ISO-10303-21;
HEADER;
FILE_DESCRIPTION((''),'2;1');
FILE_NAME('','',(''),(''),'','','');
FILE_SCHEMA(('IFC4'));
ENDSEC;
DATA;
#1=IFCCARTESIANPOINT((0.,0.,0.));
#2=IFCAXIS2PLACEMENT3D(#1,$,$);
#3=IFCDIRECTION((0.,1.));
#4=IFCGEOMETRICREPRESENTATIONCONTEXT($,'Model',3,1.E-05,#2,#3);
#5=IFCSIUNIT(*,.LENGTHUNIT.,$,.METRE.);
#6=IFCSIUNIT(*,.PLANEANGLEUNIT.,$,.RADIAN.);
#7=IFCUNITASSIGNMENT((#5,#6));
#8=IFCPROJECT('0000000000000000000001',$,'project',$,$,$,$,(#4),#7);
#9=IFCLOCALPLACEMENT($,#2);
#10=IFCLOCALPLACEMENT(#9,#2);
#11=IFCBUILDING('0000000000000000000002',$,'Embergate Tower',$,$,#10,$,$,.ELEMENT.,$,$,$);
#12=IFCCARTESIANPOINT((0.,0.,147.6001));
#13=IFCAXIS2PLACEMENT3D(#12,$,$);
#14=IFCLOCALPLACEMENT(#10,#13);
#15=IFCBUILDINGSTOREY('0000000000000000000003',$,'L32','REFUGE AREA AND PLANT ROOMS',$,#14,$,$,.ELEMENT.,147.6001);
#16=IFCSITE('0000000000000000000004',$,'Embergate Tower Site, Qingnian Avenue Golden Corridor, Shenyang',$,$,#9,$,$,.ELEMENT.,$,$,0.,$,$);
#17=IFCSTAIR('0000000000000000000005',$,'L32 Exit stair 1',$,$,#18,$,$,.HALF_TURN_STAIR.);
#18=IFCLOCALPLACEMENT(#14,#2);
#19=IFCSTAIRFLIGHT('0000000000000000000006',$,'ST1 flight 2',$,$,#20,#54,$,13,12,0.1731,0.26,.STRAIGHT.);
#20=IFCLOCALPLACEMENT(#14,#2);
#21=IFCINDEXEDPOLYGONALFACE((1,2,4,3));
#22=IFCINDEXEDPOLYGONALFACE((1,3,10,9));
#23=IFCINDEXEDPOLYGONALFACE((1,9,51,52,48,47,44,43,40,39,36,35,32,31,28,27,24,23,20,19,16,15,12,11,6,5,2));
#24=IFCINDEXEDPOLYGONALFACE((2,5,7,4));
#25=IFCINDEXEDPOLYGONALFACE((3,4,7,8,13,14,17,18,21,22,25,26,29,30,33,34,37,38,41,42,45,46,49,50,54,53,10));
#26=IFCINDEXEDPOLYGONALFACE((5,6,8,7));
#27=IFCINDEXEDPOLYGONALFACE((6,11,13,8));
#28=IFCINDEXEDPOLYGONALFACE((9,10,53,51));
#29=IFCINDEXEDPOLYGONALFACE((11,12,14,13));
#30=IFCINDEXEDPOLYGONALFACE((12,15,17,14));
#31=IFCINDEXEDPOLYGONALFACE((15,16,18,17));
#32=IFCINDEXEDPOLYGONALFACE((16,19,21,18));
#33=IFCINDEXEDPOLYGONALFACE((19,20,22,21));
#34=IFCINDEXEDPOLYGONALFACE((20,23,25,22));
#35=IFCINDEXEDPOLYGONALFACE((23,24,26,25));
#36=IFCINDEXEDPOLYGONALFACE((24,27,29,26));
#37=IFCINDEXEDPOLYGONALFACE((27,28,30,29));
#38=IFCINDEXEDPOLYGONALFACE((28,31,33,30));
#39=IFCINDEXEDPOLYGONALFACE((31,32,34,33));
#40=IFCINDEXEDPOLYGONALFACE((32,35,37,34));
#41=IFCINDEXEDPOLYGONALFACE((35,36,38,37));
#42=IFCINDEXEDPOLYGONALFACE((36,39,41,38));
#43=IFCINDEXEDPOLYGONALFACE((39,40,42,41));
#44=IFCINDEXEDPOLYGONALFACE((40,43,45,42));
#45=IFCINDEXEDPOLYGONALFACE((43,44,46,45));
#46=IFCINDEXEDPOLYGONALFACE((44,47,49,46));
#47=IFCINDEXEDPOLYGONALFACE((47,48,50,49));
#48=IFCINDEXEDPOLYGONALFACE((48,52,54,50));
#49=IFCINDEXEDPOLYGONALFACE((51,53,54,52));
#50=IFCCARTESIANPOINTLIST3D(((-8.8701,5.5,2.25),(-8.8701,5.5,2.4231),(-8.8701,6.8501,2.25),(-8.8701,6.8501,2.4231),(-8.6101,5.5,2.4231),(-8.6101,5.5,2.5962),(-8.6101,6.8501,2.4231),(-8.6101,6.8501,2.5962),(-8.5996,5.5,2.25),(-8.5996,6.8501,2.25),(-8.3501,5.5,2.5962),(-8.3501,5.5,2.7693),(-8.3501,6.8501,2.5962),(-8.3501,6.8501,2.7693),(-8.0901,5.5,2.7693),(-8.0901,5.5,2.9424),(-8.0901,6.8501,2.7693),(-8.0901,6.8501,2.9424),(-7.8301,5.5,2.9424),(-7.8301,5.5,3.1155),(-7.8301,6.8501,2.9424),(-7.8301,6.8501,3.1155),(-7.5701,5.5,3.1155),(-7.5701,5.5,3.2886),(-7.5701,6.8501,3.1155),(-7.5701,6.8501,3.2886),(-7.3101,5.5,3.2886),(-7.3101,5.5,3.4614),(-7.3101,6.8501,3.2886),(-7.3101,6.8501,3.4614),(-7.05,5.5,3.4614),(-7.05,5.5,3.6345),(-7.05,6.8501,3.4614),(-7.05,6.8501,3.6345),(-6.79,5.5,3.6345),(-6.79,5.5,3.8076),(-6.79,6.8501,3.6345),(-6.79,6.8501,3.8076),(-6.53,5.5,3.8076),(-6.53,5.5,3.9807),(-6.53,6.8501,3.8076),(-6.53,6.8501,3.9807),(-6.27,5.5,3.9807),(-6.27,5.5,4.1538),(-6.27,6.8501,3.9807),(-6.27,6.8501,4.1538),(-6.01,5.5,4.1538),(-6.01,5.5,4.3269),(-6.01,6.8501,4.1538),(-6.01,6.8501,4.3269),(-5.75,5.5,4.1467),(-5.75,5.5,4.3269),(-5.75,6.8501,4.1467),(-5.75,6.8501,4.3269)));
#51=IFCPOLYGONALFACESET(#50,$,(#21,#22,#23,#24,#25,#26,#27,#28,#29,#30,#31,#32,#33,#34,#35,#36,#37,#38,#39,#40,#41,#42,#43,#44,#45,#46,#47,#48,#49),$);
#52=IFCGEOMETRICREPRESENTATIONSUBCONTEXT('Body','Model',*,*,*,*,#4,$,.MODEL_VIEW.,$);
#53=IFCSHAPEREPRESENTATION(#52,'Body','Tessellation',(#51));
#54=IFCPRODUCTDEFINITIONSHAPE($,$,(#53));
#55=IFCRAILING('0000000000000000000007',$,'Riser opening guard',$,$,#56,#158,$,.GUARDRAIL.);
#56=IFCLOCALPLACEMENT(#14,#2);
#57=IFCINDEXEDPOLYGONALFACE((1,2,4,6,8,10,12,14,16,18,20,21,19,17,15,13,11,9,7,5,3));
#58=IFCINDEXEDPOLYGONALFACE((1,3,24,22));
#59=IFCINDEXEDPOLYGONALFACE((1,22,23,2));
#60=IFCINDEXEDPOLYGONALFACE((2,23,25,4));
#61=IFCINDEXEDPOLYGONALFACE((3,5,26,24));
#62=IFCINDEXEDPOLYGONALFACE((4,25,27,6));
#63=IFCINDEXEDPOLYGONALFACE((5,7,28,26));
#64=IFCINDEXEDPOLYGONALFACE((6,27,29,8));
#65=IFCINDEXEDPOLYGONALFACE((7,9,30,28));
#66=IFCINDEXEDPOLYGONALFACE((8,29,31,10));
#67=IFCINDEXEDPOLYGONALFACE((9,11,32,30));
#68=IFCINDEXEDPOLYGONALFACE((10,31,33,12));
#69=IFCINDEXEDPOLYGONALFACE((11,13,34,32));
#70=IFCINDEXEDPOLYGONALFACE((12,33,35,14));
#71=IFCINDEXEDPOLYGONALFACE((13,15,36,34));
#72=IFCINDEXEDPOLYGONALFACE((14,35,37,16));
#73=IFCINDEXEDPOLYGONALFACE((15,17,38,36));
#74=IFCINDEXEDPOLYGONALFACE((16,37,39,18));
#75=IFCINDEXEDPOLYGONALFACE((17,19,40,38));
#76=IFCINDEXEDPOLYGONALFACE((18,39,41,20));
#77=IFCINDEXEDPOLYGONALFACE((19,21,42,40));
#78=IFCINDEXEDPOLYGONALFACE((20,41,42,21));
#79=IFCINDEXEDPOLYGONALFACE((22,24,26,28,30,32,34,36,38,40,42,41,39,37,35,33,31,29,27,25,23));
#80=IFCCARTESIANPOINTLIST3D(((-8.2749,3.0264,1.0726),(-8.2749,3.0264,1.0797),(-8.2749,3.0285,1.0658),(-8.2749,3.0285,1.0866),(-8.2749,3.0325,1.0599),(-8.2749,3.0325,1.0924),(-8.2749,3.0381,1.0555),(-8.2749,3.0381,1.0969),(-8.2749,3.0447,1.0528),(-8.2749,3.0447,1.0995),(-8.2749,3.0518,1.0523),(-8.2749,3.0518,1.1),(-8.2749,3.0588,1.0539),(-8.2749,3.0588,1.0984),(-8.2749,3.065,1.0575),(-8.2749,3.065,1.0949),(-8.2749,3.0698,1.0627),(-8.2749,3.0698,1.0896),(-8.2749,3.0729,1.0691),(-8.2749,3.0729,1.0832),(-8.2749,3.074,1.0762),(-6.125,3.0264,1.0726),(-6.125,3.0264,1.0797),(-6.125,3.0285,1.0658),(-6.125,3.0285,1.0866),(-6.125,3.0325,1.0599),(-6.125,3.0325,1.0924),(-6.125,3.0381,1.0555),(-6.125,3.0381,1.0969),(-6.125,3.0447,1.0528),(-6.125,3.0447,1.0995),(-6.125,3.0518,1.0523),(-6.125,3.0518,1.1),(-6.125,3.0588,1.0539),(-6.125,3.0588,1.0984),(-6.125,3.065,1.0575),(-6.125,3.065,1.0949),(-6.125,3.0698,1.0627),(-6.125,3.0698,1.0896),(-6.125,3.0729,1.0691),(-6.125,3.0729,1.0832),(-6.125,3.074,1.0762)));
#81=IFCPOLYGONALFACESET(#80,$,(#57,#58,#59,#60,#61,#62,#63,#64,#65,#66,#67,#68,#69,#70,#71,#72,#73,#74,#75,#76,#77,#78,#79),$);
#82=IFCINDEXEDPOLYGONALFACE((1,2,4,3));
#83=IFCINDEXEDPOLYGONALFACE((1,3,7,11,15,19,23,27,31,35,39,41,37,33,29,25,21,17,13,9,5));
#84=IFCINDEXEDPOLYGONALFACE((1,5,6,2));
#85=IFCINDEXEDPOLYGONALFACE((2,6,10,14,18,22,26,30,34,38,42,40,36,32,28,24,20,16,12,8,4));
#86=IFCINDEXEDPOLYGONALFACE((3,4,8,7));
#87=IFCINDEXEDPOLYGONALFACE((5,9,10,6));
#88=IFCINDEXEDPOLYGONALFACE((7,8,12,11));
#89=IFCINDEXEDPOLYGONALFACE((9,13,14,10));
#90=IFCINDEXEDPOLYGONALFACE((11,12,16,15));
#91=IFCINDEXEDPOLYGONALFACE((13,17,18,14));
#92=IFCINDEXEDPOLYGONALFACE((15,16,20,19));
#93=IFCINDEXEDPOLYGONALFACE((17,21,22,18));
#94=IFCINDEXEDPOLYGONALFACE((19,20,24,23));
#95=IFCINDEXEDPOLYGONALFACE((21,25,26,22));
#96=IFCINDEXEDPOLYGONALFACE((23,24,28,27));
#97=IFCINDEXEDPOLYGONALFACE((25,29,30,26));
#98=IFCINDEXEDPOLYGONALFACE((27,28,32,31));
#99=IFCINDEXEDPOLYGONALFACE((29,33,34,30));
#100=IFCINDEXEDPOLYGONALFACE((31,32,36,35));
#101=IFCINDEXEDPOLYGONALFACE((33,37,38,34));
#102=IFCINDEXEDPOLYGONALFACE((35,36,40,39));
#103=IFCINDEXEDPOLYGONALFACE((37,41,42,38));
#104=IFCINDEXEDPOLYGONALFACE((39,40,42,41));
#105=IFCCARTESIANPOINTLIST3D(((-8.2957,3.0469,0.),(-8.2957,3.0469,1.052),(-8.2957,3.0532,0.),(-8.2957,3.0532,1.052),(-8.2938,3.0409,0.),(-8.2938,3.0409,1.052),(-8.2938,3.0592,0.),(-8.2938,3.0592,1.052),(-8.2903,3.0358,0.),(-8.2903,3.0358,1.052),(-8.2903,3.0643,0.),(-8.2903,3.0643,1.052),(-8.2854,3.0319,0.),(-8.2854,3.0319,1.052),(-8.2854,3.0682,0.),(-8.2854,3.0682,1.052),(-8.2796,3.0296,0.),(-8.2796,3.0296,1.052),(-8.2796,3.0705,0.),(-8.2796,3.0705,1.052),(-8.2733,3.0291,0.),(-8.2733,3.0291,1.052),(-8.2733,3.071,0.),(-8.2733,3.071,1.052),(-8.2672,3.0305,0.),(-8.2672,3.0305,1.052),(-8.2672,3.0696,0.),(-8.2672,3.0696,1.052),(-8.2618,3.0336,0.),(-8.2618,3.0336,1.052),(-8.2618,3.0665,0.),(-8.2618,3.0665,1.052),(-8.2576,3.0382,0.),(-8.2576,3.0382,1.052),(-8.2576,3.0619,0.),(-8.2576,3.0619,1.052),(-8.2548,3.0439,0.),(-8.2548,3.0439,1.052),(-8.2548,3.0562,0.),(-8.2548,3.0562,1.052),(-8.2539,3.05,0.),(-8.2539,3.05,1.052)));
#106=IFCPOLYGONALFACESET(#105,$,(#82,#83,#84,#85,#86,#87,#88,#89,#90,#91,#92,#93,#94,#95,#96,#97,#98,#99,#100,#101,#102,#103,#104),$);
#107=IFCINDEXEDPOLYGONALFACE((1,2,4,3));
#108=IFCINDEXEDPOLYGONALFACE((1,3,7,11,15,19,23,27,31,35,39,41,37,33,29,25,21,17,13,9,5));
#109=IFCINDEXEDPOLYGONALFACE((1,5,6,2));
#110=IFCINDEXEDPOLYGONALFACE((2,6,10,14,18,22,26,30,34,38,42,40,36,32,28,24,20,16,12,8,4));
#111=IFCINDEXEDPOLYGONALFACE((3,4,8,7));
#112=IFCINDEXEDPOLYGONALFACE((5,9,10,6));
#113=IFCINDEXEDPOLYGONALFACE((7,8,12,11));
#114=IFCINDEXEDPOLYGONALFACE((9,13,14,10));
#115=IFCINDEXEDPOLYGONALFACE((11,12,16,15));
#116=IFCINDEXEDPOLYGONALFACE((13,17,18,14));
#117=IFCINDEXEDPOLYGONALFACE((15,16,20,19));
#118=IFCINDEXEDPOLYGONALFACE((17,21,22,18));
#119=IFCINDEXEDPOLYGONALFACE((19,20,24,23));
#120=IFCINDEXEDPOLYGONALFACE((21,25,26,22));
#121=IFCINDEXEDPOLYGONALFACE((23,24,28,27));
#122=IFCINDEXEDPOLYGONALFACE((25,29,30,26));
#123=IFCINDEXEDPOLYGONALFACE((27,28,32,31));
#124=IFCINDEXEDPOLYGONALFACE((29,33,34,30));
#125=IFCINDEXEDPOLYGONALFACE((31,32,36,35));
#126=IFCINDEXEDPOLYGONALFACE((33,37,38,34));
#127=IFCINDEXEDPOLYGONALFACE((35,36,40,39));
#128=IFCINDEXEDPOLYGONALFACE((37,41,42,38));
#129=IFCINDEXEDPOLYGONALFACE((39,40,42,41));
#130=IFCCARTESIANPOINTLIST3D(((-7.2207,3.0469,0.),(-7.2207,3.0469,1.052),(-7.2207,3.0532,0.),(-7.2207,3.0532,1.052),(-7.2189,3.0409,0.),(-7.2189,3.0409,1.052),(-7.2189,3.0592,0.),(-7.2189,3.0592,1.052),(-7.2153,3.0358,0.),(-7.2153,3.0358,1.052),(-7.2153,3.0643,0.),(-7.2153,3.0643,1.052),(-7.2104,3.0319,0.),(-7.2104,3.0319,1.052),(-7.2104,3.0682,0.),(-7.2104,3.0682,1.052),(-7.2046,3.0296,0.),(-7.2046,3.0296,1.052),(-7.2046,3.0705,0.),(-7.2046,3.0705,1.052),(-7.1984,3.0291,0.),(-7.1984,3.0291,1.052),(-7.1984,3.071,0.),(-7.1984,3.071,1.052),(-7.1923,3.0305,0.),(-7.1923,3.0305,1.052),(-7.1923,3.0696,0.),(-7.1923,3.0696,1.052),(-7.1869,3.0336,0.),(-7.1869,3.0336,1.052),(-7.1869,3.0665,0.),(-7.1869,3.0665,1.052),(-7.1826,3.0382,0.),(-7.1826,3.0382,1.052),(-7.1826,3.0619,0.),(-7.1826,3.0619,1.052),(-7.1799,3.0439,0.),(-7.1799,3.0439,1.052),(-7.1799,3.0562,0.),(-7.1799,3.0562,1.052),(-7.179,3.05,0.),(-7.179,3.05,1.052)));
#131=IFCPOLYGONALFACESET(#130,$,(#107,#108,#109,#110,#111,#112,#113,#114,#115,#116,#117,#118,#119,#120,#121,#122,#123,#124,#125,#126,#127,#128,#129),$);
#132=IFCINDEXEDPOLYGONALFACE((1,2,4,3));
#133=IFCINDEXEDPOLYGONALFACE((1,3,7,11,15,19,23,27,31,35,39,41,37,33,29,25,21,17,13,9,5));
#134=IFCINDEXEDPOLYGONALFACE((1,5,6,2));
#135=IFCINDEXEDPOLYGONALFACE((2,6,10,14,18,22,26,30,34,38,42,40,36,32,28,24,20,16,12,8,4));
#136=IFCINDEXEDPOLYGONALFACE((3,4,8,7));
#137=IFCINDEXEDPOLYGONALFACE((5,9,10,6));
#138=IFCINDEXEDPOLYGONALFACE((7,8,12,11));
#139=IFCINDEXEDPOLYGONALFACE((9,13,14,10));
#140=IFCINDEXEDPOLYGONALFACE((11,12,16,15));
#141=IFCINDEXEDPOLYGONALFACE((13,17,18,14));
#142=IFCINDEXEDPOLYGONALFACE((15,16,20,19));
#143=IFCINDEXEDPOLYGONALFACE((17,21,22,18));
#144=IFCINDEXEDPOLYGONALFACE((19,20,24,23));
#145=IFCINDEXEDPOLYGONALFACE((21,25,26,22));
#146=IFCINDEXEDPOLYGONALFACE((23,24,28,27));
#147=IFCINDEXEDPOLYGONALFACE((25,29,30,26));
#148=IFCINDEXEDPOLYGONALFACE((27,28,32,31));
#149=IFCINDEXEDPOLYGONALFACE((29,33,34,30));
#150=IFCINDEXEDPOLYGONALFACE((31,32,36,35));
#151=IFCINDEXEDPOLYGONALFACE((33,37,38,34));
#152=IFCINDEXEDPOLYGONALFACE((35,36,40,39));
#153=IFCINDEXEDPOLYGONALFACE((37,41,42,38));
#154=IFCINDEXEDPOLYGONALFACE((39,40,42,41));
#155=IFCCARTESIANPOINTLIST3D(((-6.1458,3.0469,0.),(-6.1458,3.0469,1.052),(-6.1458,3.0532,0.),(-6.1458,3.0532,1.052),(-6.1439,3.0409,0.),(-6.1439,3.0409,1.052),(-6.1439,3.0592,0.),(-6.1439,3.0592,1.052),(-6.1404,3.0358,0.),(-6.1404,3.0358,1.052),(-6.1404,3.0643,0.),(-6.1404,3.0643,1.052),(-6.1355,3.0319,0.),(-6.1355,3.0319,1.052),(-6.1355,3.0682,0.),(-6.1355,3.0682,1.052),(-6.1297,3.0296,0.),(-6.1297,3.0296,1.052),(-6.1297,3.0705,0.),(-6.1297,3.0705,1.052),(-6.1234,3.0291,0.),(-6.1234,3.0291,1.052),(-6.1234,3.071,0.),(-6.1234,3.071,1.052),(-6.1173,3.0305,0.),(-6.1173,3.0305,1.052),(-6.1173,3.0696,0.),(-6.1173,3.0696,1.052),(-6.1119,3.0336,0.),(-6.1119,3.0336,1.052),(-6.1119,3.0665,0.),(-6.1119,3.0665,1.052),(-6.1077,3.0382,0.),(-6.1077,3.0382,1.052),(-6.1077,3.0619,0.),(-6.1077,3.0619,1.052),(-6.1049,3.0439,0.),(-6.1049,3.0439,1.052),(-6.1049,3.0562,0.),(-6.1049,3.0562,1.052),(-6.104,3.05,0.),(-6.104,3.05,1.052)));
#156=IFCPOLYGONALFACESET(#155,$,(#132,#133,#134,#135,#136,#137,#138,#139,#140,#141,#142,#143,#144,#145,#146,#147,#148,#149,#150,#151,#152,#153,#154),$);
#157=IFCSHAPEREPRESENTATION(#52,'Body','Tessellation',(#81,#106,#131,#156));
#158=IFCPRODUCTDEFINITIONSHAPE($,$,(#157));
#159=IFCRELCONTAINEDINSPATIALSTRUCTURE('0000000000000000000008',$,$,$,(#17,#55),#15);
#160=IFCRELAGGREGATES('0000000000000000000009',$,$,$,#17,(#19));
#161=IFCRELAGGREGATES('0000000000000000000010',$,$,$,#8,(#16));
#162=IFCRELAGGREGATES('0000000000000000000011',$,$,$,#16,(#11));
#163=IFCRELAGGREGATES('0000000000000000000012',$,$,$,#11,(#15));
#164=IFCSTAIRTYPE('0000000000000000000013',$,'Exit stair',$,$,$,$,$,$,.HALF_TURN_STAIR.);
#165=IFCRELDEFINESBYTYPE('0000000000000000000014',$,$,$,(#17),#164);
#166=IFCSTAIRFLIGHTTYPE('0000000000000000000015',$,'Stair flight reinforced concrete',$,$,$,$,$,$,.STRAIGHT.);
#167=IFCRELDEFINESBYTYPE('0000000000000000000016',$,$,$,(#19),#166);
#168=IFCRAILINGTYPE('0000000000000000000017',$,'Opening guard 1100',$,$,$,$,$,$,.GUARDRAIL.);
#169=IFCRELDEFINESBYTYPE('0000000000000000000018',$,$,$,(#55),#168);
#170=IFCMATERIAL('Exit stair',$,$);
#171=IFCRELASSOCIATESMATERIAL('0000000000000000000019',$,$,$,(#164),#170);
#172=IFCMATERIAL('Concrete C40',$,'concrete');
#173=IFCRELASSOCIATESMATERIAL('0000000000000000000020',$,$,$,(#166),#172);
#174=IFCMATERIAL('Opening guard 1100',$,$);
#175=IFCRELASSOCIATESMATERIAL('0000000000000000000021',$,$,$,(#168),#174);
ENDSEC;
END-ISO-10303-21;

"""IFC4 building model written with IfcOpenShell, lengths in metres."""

from ifc_helpers import new_model, si_unit, direction, frame, origin, origin_2d, place, context, subcontext, project, spatial, polyline, circle, outline, extrude, source, transform, mapped, material, type_object, element, aggregate, save


model = new_model("IFC4")

# Units and contexts
model_context = context("Model", 3, precision=1e-05, world=origin(), true_north=direction((0.0, 1.0)))
body_context = subcontext(model_context, "Body", "Model", "MODEL_VIEW")
ifc_project = project(units=[si_unit("LENGTHUNIT", "METRE"), si_unit("PLANEANGLEUNIT", "RADIAN")], contexts=[model_context])

# Site, building, storey
site_placement = place(None, origin())
site = spatial("IfcSite", under=ifc_project, at=site_placement, Name="Embergate Tower Site, Qingnian Avenue Golden Corridor, Shenyang", CompositionType="ELEMENT", RefElevation=0.0)
building_placement = place(site_placement, origin())
building = spatial("IfcBuilding", under=site, at=building_placement, Name="Embergate Tower", CompositionType="ELEMENT")
storey_placement = place(building_placement, frame((0.0, 0.0, 147.6001)))
storey = spatial("IfcBuildingStorey", under=building, at=storey_placement, Name="L32", Description="REFUGE AREA AND PLANT ROOMS", CompositionType="ELEMENT", Elevation=147.6001)

# Stair
ifc_material_1 = material(Name="Exit stair")
stair_type = type_object("IfcStairType", Name="Exit stair", PredefinedType="HALF_TURN_STAIR", material=ifc_material_1)
stair_placement = place(storey_placement, origin())
stair = element("IfcStair", 1, at=stair_placement, inside=storey, type_object=stair_type, Name="L32 Exit stair 1", PredefinedType="HALF_TURN_STAIR")
ifc_material_2 = material(Name="Concrete C40", Category="concrete")

# Stair flight
stair_flight_type = type_object("IfcStairFlightType", Name="Stair flight reinforced concrete", PredefinedType="STRAIGHT", material=ifc_material_2)
shared_shape_1 = source(origin(), body_context, "Body", "SweptSolid", [
    extrude(outline(polyline([(0.0, 0.0), (0.0, 0.1731), (0.26, 0.1731), (0.26, 0.3462), (0.52, 0.3462), (0.52, 0.5193), (0.78, 0.5193), (0.78, 0.6924), (1.04, 0.6924), (1.04, 0.8655), (1.3, 0.8655), (1.3, 1.0386), (1.5601, 1.0386), (1.5601, 1.2114), (1.8201, 1.2114), (1.8201, 1.3845), (2.0801, 1.3845), (2.0801, 1.5576), (2.3401, 1.5576), (2.3401, 1.7307), (2.6001, 1.7307), (2.6001, 1.9038), (2.8601, 1.9038), (2.8601, 2.0769), (3.1201, 2.0769), (3.1201, 2.25), (3.1201, 1.8967), (0.2705, 0.0), (0.0, 0.0)])), frame((0.0, 0.675, 0.0), z_axis=(0.0, -1.0, 0.0), x_axis=(1.0, 0.0, 0.0)), (0.0, 0.0, 1.0), 1.3501),
])
stair_flight_1_placement = place(storey_placement, frame((-8.8701, 6.175, 2.25), z_axis=(0.0, 0.0, 1.0), x_axis=(1.0, 0.0, 0.0)))
stair_flight_1 = element("IfcStairFlight", 2, at=stair_flight_1_placement, type_object=stair_flight_type, Name="ST1 flight 2", NumberOfRisers=13, NumberOfTreads=12, PredefinedType="STRAIGHT", RiserHeight=0.1731, TreadLength=0.26, context=body_context, shape_type="MappedRepresentation", body=[
    mapped(shared_shape_1, transform((0.0, 0.0, 0.0))),
])
aggregate(stair, [stair_flight_1])

# Railing
ifc_material_3 = material(Name="Opening guard 1100")
railing_type_1 = type_object("IfcRailingType", Name="Opening guard 1100", PredefinedType="GUARDRAIL", material=ifc_material_3)
shared_shape_2 = source(origin(), body_context, "Body", "SweptSolid", [
    extrude(circle(Radius=0.0239, at=origin_2d()), frame((0.0, 0.0, 1.0762), z_axis=(1.0, 0.0, 0.0), x_axis=(0.0, 1.0, 0.0)), (0.0, 0.0, 1.0), 2.1499),
    extrude(circle(Radius=0.021, at=origin_2d()), origin(), (0.0, 0.0, 1.0), 1.052),
    extrude(circle(Radius=0.021, at=origin_2d()), frame((1.075, 0.0, 0.0)), (0.0, 0.0, 1.0), 1.052),
    extrude(circle(Radius=0.021, at=origin_2d()), frame((2.1499, 0.0, 0.0)), (0.0, 0.0, 1.0), 1.052),
])
railing_1_placement = place(storey_placement, frame((-8.2749, 3.05, 0.0)))
element("IfcRailing", 3, at=railing_1_placement, inside=storey, type_object=railing_type_1, Name="Riser opening guard", PredefinedType="GUARDRAIL", context=body_context, shape_type="MappedRepresentation", body=[
    mapped(shared_shape_2, transform((0.0, 0.0, 0.0))),
])

save(model, "model.ifc")
